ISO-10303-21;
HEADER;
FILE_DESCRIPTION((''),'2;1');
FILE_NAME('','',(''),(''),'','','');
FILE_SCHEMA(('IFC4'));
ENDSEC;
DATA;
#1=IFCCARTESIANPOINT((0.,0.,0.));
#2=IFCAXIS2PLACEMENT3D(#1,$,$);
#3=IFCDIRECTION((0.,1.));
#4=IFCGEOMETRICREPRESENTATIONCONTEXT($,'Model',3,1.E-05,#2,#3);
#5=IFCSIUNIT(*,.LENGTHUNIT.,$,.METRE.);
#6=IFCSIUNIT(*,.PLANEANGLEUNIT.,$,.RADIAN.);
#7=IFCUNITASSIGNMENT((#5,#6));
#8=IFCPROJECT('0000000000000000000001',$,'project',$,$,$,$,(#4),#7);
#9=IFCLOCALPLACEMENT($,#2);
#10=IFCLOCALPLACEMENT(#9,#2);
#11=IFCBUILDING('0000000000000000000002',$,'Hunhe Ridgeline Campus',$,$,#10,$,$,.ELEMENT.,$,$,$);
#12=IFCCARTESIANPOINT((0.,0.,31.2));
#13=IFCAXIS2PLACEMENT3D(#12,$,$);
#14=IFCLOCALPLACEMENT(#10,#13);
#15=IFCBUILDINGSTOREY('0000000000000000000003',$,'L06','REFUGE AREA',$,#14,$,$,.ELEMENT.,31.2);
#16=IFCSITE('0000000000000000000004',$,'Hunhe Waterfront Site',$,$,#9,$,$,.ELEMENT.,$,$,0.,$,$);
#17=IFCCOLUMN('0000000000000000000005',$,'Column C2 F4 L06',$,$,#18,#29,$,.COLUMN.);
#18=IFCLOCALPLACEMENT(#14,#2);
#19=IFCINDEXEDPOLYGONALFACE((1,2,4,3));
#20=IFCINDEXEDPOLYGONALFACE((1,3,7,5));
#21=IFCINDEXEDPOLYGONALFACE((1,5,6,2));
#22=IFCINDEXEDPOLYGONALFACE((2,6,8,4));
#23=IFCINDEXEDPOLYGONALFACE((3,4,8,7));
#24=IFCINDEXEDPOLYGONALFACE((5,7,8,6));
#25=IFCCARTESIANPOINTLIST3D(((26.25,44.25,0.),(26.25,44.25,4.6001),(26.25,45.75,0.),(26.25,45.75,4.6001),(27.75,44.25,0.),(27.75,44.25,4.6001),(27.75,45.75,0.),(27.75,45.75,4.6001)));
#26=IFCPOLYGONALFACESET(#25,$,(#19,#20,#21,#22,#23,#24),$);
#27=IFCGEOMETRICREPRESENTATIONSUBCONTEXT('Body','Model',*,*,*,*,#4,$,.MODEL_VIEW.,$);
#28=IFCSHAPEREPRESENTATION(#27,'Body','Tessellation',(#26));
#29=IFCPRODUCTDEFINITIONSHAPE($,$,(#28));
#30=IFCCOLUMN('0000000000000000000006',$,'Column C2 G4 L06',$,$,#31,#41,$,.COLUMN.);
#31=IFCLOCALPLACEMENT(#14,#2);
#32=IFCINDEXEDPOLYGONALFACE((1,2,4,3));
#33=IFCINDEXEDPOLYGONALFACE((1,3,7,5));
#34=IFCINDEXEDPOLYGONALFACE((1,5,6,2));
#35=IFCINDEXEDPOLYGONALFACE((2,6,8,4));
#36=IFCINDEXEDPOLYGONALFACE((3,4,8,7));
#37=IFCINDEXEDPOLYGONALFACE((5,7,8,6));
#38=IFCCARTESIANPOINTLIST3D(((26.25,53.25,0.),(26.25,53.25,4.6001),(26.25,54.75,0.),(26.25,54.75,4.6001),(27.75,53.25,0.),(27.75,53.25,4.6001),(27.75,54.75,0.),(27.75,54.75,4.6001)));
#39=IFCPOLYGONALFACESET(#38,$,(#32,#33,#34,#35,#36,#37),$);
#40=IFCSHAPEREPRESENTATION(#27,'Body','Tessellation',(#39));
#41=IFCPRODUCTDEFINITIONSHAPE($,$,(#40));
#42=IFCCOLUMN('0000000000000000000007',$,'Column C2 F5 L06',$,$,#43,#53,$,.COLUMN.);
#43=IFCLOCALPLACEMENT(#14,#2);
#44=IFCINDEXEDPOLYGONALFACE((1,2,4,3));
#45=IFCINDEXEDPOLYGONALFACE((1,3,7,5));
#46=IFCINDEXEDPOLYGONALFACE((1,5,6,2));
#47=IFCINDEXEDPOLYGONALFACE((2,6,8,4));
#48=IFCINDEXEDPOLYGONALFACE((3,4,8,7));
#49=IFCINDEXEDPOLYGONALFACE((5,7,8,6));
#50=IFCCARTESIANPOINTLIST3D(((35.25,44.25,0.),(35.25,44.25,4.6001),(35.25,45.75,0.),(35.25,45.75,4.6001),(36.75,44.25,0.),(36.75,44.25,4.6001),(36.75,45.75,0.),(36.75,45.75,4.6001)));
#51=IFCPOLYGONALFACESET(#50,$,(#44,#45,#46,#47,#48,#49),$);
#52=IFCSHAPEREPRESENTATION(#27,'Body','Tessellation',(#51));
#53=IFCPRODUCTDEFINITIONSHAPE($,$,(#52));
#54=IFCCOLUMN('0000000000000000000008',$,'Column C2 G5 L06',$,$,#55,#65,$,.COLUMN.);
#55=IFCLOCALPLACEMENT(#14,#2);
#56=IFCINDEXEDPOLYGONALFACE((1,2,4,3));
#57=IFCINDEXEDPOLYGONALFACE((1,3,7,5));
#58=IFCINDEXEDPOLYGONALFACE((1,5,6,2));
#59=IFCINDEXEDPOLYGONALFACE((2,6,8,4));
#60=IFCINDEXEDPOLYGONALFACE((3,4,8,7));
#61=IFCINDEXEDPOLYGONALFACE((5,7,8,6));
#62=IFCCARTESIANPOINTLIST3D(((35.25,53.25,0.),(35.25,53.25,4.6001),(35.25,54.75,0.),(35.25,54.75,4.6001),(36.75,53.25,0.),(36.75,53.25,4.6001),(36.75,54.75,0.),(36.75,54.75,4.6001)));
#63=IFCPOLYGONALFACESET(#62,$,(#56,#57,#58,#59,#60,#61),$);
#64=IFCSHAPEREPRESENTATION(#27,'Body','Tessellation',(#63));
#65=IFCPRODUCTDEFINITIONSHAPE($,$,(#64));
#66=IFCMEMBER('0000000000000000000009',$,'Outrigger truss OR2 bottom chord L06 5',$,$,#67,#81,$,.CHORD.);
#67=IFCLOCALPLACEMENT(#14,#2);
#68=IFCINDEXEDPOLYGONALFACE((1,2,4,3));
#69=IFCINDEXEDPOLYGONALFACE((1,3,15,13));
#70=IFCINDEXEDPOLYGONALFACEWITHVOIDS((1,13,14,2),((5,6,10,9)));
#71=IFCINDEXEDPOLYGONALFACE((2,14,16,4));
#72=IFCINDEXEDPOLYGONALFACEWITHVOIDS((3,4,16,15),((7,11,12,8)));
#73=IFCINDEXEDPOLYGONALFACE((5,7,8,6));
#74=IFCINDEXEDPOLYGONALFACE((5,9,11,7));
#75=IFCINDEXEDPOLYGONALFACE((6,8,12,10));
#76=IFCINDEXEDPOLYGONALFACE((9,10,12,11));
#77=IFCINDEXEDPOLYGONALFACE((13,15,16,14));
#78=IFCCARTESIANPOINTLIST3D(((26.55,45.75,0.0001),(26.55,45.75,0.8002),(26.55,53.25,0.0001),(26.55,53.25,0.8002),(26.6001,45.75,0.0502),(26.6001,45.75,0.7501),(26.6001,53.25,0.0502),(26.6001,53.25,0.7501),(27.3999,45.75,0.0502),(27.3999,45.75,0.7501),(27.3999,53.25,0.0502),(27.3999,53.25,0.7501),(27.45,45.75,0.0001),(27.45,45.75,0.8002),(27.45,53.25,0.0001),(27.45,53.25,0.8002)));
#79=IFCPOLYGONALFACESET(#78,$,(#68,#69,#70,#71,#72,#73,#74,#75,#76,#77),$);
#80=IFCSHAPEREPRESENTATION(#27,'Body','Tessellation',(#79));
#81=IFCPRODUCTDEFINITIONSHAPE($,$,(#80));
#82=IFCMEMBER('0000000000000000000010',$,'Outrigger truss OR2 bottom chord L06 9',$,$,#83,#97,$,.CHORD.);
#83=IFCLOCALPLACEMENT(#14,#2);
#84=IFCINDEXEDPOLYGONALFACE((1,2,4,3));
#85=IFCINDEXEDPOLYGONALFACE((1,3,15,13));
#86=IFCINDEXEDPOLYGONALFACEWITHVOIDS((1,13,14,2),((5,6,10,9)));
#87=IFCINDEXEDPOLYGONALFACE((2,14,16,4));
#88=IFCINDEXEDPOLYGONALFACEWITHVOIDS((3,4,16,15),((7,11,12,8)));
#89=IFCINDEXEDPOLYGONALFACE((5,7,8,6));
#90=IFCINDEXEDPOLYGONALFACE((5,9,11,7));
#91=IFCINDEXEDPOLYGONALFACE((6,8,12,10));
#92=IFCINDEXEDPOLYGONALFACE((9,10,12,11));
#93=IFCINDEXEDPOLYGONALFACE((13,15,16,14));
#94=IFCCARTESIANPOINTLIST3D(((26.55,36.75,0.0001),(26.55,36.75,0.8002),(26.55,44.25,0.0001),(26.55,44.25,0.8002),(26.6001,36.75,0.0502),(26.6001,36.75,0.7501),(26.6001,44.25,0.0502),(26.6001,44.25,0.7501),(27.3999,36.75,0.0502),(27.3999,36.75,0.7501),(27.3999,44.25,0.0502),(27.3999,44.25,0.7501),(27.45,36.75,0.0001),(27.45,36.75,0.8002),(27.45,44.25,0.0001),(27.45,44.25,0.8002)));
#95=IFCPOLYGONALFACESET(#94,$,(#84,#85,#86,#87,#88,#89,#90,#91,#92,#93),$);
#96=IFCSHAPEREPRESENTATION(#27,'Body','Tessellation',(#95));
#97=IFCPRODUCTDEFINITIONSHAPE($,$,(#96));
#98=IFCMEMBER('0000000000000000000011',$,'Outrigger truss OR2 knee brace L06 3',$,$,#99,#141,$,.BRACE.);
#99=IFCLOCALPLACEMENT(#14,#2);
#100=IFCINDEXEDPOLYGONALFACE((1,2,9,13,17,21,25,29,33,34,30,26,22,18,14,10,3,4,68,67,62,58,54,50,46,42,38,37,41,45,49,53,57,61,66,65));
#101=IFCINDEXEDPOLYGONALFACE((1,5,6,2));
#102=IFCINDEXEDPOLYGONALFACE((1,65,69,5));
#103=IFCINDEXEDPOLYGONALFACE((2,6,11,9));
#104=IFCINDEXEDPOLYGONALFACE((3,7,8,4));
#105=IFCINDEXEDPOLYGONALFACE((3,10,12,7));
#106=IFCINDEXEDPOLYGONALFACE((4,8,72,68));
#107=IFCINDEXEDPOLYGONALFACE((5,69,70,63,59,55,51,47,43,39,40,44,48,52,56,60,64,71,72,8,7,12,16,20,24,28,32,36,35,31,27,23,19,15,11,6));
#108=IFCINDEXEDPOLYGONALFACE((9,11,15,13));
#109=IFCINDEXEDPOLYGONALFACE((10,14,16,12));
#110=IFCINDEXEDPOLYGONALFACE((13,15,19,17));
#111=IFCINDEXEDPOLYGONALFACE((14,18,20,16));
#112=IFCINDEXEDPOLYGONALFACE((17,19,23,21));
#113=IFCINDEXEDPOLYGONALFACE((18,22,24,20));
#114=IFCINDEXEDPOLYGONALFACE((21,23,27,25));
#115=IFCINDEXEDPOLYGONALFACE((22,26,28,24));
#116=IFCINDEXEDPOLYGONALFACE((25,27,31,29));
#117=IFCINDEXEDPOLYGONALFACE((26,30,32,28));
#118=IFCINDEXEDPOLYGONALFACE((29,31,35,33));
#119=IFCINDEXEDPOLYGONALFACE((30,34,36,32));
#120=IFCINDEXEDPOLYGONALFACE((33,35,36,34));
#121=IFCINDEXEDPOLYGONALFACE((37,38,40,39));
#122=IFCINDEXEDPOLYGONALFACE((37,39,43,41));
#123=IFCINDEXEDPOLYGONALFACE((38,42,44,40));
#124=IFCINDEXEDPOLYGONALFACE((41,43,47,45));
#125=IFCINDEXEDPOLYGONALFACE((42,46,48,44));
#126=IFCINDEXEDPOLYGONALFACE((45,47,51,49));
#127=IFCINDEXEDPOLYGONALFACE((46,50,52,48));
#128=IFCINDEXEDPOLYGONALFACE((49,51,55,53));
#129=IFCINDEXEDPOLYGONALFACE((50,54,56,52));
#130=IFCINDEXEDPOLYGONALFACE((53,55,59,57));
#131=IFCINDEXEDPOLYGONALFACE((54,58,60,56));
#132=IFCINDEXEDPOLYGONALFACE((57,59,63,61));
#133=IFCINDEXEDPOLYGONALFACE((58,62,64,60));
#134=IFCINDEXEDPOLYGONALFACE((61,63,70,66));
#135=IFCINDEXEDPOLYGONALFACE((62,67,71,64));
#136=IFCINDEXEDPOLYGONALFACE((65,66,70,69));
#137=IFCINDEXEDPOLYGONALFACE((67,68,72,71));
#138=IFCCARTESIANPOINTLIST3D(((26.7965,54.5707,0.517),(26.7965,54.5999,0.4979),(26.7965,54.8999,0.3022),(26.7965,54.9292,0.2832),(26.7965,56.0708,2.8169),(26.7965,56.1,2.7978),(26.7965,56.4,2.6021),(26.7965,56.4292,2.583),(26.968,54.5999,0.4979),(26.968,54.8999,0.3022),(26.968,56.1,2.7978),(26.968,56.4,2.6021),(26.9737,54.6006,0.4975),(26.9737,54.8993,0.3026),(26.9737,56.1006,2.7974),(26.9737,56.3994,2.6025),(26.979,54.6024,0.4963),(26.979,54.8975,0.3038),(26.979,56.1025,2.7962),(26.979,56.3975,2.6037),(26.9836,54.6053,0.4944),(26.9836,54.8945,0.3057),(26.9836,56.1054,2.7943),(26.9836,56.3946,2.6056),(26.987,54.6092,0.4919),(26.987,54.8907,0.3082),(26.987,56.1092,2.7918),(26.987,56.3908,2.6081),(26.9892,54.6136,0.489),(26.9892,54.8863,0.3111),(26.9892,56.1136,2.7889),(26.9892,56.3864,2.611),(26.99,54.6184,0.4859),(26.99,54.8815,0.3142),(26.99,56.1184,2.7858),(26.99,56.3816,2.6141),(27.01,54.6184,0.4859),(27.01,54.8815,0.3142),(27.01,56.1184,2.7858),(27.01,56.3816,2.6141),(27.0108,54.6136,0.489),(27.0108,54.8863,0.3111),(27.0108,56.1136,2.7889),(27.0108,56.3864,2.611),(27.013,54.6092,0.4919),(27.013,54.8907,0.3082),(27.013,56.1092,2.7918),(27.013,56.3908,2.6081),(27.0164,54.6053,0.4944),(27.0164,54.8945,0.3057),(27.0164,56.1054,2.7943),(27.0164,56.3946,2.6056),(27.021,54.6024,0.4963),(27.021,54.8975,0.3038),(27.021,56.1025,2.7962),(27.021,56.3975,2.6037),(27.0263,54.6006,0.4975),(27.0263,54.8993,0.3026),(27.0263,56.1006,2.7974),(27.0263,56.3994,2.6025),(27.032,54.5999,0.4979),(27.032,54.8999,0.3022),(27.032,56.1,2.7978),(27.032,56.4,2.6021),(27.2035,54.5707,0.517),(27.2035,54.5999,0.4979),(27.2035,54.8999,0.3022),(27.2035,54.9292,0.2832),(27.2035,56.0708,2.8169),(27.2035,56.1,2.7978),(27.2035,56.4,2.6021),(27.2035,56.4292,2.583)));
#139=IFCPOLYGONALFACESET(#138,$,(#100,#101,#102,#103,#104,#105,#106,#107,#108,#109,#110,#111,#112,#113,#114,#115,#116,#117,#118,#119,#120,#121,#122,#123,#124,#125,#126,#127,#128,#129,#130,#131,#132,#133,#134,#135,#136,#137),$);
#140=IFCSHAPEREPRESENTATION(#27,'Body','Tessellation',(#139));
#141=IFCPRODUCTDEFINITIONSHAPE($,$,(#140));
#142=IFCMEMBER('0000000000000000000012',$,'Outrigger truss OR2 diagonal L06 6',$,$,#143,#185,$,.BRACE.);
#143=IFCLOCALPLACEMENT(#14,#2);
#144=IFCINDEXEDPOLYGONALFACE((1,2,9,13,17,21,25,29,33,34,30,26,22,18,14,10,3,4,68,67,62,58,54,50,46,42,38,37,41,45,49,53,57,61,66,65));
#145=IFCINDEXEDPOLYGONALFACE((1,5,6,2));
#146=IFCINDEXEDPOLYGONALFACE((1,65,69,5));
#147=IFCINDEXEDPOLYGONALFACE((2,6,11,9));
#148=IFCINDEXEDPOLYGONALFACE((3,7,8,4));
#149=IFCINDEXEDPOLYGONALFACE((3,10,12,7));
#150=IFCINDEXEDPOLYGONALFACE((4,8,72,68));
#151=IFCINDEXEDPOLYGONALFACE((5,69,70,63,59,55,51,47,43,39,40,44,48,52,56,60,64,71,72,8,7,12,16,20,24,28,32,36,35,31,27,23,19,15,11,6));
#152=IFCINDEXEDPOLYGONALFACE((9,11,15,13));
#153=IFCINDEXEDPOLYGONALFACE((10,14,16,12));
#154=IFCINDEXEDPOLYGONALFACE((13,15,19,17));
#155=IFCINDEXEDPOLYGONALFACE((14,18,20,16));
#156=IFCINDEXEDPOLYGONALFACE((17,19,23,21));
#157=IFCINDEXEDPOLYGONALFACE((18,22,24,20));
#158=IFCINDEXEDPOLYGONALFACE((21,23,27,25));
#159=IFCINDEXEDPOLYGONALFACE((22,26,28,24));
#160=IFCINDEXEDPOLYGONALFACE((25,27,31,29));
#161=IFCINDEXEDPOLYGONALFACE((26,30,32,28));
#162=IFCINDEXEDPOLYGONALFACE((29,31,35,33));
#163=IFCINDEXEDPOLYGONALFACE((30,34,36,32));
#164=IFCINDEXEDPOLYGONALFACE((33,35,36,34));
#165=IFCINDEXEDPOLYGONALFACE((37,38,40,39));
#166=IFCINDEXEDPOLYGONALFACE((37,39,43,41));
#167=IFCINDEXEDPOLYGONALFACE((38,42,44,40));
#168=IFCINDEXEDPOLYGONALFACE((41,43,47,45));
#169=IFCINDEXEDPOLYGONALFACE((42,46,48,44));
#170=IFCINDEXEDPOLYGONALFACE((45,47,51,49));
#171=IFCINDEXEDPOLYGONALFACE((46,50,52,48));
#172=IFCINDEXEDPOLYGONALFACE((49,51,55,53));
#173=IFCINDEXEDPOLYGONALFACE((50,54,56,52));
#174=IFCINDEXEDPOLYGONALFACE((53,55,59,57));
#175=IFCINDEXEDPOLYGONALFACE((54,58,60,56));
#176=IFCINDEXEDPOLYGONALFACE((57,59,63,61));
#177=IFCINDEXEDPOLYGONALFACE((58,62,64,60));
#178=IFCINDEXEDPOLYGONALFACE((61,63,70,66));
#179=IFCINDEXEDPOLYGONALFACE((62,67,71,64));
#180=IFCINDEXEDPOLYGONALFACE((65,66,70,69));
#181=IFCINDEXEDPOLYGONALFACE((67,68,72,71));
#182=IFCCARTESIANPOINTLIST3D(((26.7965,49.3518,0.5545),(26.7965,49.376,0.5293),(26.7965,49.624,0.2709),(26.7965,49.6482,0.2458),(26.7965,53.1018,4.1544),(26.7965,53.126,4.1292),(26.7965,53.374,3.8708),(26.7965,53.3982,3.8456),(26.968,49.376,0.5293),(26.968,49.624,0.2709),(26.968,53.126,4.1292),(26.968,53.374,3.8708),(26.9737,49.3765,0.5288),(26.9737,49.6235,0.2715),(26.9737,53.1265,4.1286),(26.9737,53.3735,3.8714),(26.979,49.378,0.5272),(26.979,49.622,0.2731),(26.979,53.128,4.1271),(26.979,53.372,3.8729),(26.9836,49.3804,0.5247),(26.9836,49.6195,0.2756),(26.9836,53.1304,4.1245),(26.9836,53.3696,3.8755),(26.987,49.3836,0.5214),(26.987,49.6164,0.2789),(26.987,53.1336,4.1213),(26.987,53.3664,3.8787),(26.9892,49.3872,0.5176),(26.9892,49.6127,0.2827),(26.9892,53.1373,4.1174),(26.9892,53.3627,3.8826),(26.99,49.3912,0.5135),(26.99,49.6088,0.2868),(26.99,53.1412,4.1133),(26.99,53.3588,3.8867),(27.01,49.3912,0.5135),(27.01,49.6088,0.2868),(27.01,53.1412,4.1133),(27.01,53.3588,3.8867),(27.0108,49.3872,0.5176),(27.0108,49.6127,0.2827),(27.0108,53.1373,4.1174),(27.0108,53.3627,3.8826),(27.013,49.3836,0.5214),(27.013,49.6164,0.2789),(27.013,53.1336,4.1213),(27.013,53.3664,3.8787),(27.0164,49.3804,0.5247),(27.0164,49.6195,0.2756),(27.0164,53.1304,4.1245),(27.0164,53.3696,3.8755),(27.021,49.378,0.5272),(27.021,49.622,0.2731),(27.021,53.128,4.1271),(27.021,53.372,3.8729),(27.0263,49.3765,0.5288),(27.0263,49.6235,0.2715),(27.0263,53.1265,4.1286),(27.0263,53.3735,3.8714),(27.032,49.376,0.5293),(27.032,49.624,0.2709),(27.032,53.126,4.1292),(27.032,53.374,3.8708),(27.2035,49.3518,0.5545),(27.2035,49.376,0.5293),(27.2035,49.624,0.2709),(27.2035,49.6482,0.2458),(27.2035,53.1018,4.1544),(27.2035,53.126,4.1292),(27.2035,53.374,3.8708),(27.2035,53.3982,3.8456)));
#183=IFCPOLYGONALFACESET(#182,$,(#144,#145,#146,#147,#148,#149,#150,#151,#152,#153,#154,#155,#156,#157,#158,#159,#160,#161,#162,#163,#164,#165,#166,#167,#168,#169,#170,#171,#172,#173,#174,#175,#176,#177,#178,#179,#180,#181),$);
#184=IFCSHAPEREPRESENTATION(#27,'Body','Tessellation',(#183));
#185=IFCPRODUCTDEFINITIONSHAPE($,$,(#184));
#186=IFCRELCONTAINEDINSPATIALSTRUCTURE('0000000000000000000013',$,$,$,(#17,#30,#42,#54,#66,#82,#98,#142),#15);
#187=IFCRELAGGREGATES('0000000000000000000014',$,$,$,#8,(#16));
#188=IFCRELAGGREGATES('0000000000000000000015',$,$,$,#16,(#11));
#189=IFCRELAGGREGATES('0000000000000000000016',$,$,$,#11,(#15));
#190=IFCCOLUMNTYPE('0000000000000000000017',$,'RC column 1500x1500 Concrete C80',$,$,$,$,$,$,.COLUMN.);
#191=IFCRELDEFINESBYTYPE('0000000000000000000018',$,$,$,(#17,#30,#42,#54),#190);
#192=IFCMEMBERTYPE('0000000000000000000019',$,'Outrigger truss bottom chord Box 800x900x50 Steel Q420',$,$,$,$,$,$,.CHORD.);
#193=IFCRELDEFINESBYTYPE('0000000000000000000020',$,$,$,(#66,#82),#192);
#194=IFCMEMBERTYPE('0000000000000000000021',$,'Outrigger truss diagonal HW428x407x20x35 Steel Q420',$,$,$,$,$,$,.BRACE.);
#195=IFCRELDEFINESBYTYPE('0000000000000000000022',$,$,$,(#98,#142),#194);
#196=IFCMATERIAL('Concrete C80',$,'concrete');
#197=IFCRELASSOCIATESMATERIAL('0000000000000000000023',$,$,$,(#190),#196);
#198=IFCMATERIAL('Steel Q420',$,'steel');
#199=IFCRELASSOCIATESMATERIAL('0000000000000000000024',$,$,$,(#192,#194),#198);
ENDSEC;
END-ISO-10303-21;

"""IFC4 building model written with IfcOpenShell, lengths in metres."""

from ifc_helpers import new_model, si_unit, direction, frame, origin, origin_2d, place, context, subcontext, project, spatial, rectangle, hollow_rectangle, i_section, extrude, material, material_profile, profile_set, type_object, element, save


model = new_model("IFC4")

# Units and contexts
model_context = context("Model", 3, precision=1e-05, world=origin(), true_north=direction((0.0, 1.0)))
body_context = subcontext(model_context, "Body", "Model", "MODEL_VIEW")
ifc_project = project(units=[si_unit("LENGTHUNIT", "METRE"), si_unit("PLANEANGLEUNIT", "RADIAN")], contexts=[model_context])

# Site, building, storey
site_placement = place(None, origin())
site = spatial("IfcSite", under=ifc_project, at=site_placement, Name="Hunhe Waterfront Site", CompositionType="ELEMENT", RefElevation=0.0)
building_placement = place(site_placement, origin())
building = spatial("IfcBuilding", under=site, at=building_placement, Name="Hunhe Ridgeline Campus", CompositionType="ELEMENT")
storey_placement = place(building_placement, frame((0.0, 0.0, 31.2)))
storey = spatial("IfcBuildingStorey", under=building, at=storey_placement, Name="L06", Description="REFUGE AREA", CompositionType="ELEMENT", Elevation=31.2)

# Columns
ifc_material_1 = material(Name="Concrete C80", Category="concrete")
ifc_material_profile_1 = material_profile(ifc_material_1, rectangle(XDim=1.5, YDim=1.5, at=origin_2d()))
ifc_profile_set_1 = profile_set([ifc_material_profile_1], Name="Concrete C80")
column_type = type_object("IfcColumnType", Name="RC column 1500x1500 Concrete C80", PredefinedType="COLUMN", material=ifc_profile_set_1)
for number, where, z_axis, x_axis, name in (
    (1, (27.0, 45.0, 0.0), (0.0, 0.0, 1.0), (1.0, 0.0, 0.0), "Column C2 F4 L06"),
    (2, (27.0, 54.0, 0.0), (0.0, 0.0, 1.0), (1.0, 0.0, 0.0), "Column C2 G4 L06"),
    (3, (36.0, 45.0, 0.0), (0.0, 0.0, 1.0), (1.0, 0.0, 0.0), "Column C2 F5 L06"),
    (4, (36.0, 54.0, 0.0), (0.0, 0.0, 1.0), (1.0, 0.0, 0.0), "Column C2 G5 L06"),
):
    element("IfcColumn", number, at=place(storey_placement, frame(where, z_axis=z_axis, x_axis=x_axis)), inside=storey, type_object=column_type, Name=name, PredefinedType="COLUMN", context=body_context, shape_type="SweptSolid", body=[
        extrude(rectangle(XDim=1.5, YDim=1.5, at=origin_2d()), origin(), (0.0, 0.0, 1.0), 4.6001),
    ])

# Members
ifc_material_2 = material(Name="Steel Q420", Category="steel")
ifc_material_profile_2 = material_profile(ifc_material_2, hollow_rectangle(XDim=0.8999, YDim=0.8, WallThickness=0.05, at=origin_2d()))
ifc_profile_set_2 = profile_set([ifc_material_profile_2], Name="Steel Q420")
member_type_1 = type_object("IfcMemberType", Name="Outrigger truss bottom chord Box 800x900x50 Steel Q420", PredefinedType="CHORD", material=ifc_profile_set_2)
for number, where, z_axis, x_axis, name in (
    (5, (27.0, 53.25, 0.4001), (0.0, -1.0, 0.0), (1.0, 0.0, 0.0), "Outrigger truss OR2 bottom chord L06 5"),
    (6, (27.0, 44.25, 0.4001), (0.0, -1.0, 0.0), (1.0, 0.0, 0.0), "Outrigger truss OR2 bottom chord L06 9"),
):
    element("IfcMember", number, at=place(storey_placement, frame(where, z_axis=z_axis, x_axis=x_axis)), inside=storey, type_object=member_type_1, Name=name, PredefinedType="CHORD", context=body_context, shape_type="SweptSolid", body=[
        extrude(hollow_rectangle(XDim=0.8999, YDim=0.8, WallThickness=0.05, at=origin_2d()), origin(), (0.0, 0.0, 1.0), 7.5),
    ])
ifc_material_profile_3 = material_profile(ifc_material_2, i_section(OverallWidth=0.407, OverallDepth=0.428, WebThickness=0.02, FlangeThickness=0.0349, FilletRadius=0.022, at=origin_2d()))
ifc_profile_set_3 = profile_set([ifc_material_profile_3], Name="Steel Q420")
member_type_2 = type_object("IfcMemberType", Name="Outrigger truss diagonal HW428x407x20x35 Steel Q420", PredefinedType="BRACE", material=ifc_profile_set_3)
member_placement = place(storey_placement, frame((27.0, 56.25, 2.7), z_axis=(0.0, -0.5463, -0.837589), x_axis=(1.0, 0.0, 0.0)))
element("IfcMember", 7, at=member_placement, inside=storey, type_object=member_type_2, Name="Outrigger truss OR2 knee brace L06 3", PredefinedType="BRACE", context=body_context, shape_type="SweptSolid", body=[
    extrude(i_section(OverallWidth=0.407, OverallDepth=0.428, WebThickness=0.02, FlangeThickness=0.0349, FilletRadius=0.022, at=origin_2d()), origin(), (0.0, 0.0, 1.0), 2.7458),
])
for number, where, z_axis, x_axis, name in (
    (8, (27.0, 53.25, 4.0), (0.0, -0.721401, -0.692517), (1.0, 0.0, 0.0), "Outrigger truss OR2 diagonal L06 6"),
):
    element("IfcMember", number, at=place(storey_placement, frame(where, z_axis=z_axis, x_axis=x_axis)), inside=storey, type_object=member_type_2, Name=name, PredefinedType="BRACE", context=body_context, shape_type="SweptSolid", body=[
        extrude(i_section(OverallWidth=0.407, OverallDepth=0.428, WebThickness=0.02, FlangeThickness=0.0349, FilletRadius=0.022, at=origin_2d()), origin(), (0.0, 0.0, 1.0), 5.1982),
    ])

save(model, "model.ifc")
